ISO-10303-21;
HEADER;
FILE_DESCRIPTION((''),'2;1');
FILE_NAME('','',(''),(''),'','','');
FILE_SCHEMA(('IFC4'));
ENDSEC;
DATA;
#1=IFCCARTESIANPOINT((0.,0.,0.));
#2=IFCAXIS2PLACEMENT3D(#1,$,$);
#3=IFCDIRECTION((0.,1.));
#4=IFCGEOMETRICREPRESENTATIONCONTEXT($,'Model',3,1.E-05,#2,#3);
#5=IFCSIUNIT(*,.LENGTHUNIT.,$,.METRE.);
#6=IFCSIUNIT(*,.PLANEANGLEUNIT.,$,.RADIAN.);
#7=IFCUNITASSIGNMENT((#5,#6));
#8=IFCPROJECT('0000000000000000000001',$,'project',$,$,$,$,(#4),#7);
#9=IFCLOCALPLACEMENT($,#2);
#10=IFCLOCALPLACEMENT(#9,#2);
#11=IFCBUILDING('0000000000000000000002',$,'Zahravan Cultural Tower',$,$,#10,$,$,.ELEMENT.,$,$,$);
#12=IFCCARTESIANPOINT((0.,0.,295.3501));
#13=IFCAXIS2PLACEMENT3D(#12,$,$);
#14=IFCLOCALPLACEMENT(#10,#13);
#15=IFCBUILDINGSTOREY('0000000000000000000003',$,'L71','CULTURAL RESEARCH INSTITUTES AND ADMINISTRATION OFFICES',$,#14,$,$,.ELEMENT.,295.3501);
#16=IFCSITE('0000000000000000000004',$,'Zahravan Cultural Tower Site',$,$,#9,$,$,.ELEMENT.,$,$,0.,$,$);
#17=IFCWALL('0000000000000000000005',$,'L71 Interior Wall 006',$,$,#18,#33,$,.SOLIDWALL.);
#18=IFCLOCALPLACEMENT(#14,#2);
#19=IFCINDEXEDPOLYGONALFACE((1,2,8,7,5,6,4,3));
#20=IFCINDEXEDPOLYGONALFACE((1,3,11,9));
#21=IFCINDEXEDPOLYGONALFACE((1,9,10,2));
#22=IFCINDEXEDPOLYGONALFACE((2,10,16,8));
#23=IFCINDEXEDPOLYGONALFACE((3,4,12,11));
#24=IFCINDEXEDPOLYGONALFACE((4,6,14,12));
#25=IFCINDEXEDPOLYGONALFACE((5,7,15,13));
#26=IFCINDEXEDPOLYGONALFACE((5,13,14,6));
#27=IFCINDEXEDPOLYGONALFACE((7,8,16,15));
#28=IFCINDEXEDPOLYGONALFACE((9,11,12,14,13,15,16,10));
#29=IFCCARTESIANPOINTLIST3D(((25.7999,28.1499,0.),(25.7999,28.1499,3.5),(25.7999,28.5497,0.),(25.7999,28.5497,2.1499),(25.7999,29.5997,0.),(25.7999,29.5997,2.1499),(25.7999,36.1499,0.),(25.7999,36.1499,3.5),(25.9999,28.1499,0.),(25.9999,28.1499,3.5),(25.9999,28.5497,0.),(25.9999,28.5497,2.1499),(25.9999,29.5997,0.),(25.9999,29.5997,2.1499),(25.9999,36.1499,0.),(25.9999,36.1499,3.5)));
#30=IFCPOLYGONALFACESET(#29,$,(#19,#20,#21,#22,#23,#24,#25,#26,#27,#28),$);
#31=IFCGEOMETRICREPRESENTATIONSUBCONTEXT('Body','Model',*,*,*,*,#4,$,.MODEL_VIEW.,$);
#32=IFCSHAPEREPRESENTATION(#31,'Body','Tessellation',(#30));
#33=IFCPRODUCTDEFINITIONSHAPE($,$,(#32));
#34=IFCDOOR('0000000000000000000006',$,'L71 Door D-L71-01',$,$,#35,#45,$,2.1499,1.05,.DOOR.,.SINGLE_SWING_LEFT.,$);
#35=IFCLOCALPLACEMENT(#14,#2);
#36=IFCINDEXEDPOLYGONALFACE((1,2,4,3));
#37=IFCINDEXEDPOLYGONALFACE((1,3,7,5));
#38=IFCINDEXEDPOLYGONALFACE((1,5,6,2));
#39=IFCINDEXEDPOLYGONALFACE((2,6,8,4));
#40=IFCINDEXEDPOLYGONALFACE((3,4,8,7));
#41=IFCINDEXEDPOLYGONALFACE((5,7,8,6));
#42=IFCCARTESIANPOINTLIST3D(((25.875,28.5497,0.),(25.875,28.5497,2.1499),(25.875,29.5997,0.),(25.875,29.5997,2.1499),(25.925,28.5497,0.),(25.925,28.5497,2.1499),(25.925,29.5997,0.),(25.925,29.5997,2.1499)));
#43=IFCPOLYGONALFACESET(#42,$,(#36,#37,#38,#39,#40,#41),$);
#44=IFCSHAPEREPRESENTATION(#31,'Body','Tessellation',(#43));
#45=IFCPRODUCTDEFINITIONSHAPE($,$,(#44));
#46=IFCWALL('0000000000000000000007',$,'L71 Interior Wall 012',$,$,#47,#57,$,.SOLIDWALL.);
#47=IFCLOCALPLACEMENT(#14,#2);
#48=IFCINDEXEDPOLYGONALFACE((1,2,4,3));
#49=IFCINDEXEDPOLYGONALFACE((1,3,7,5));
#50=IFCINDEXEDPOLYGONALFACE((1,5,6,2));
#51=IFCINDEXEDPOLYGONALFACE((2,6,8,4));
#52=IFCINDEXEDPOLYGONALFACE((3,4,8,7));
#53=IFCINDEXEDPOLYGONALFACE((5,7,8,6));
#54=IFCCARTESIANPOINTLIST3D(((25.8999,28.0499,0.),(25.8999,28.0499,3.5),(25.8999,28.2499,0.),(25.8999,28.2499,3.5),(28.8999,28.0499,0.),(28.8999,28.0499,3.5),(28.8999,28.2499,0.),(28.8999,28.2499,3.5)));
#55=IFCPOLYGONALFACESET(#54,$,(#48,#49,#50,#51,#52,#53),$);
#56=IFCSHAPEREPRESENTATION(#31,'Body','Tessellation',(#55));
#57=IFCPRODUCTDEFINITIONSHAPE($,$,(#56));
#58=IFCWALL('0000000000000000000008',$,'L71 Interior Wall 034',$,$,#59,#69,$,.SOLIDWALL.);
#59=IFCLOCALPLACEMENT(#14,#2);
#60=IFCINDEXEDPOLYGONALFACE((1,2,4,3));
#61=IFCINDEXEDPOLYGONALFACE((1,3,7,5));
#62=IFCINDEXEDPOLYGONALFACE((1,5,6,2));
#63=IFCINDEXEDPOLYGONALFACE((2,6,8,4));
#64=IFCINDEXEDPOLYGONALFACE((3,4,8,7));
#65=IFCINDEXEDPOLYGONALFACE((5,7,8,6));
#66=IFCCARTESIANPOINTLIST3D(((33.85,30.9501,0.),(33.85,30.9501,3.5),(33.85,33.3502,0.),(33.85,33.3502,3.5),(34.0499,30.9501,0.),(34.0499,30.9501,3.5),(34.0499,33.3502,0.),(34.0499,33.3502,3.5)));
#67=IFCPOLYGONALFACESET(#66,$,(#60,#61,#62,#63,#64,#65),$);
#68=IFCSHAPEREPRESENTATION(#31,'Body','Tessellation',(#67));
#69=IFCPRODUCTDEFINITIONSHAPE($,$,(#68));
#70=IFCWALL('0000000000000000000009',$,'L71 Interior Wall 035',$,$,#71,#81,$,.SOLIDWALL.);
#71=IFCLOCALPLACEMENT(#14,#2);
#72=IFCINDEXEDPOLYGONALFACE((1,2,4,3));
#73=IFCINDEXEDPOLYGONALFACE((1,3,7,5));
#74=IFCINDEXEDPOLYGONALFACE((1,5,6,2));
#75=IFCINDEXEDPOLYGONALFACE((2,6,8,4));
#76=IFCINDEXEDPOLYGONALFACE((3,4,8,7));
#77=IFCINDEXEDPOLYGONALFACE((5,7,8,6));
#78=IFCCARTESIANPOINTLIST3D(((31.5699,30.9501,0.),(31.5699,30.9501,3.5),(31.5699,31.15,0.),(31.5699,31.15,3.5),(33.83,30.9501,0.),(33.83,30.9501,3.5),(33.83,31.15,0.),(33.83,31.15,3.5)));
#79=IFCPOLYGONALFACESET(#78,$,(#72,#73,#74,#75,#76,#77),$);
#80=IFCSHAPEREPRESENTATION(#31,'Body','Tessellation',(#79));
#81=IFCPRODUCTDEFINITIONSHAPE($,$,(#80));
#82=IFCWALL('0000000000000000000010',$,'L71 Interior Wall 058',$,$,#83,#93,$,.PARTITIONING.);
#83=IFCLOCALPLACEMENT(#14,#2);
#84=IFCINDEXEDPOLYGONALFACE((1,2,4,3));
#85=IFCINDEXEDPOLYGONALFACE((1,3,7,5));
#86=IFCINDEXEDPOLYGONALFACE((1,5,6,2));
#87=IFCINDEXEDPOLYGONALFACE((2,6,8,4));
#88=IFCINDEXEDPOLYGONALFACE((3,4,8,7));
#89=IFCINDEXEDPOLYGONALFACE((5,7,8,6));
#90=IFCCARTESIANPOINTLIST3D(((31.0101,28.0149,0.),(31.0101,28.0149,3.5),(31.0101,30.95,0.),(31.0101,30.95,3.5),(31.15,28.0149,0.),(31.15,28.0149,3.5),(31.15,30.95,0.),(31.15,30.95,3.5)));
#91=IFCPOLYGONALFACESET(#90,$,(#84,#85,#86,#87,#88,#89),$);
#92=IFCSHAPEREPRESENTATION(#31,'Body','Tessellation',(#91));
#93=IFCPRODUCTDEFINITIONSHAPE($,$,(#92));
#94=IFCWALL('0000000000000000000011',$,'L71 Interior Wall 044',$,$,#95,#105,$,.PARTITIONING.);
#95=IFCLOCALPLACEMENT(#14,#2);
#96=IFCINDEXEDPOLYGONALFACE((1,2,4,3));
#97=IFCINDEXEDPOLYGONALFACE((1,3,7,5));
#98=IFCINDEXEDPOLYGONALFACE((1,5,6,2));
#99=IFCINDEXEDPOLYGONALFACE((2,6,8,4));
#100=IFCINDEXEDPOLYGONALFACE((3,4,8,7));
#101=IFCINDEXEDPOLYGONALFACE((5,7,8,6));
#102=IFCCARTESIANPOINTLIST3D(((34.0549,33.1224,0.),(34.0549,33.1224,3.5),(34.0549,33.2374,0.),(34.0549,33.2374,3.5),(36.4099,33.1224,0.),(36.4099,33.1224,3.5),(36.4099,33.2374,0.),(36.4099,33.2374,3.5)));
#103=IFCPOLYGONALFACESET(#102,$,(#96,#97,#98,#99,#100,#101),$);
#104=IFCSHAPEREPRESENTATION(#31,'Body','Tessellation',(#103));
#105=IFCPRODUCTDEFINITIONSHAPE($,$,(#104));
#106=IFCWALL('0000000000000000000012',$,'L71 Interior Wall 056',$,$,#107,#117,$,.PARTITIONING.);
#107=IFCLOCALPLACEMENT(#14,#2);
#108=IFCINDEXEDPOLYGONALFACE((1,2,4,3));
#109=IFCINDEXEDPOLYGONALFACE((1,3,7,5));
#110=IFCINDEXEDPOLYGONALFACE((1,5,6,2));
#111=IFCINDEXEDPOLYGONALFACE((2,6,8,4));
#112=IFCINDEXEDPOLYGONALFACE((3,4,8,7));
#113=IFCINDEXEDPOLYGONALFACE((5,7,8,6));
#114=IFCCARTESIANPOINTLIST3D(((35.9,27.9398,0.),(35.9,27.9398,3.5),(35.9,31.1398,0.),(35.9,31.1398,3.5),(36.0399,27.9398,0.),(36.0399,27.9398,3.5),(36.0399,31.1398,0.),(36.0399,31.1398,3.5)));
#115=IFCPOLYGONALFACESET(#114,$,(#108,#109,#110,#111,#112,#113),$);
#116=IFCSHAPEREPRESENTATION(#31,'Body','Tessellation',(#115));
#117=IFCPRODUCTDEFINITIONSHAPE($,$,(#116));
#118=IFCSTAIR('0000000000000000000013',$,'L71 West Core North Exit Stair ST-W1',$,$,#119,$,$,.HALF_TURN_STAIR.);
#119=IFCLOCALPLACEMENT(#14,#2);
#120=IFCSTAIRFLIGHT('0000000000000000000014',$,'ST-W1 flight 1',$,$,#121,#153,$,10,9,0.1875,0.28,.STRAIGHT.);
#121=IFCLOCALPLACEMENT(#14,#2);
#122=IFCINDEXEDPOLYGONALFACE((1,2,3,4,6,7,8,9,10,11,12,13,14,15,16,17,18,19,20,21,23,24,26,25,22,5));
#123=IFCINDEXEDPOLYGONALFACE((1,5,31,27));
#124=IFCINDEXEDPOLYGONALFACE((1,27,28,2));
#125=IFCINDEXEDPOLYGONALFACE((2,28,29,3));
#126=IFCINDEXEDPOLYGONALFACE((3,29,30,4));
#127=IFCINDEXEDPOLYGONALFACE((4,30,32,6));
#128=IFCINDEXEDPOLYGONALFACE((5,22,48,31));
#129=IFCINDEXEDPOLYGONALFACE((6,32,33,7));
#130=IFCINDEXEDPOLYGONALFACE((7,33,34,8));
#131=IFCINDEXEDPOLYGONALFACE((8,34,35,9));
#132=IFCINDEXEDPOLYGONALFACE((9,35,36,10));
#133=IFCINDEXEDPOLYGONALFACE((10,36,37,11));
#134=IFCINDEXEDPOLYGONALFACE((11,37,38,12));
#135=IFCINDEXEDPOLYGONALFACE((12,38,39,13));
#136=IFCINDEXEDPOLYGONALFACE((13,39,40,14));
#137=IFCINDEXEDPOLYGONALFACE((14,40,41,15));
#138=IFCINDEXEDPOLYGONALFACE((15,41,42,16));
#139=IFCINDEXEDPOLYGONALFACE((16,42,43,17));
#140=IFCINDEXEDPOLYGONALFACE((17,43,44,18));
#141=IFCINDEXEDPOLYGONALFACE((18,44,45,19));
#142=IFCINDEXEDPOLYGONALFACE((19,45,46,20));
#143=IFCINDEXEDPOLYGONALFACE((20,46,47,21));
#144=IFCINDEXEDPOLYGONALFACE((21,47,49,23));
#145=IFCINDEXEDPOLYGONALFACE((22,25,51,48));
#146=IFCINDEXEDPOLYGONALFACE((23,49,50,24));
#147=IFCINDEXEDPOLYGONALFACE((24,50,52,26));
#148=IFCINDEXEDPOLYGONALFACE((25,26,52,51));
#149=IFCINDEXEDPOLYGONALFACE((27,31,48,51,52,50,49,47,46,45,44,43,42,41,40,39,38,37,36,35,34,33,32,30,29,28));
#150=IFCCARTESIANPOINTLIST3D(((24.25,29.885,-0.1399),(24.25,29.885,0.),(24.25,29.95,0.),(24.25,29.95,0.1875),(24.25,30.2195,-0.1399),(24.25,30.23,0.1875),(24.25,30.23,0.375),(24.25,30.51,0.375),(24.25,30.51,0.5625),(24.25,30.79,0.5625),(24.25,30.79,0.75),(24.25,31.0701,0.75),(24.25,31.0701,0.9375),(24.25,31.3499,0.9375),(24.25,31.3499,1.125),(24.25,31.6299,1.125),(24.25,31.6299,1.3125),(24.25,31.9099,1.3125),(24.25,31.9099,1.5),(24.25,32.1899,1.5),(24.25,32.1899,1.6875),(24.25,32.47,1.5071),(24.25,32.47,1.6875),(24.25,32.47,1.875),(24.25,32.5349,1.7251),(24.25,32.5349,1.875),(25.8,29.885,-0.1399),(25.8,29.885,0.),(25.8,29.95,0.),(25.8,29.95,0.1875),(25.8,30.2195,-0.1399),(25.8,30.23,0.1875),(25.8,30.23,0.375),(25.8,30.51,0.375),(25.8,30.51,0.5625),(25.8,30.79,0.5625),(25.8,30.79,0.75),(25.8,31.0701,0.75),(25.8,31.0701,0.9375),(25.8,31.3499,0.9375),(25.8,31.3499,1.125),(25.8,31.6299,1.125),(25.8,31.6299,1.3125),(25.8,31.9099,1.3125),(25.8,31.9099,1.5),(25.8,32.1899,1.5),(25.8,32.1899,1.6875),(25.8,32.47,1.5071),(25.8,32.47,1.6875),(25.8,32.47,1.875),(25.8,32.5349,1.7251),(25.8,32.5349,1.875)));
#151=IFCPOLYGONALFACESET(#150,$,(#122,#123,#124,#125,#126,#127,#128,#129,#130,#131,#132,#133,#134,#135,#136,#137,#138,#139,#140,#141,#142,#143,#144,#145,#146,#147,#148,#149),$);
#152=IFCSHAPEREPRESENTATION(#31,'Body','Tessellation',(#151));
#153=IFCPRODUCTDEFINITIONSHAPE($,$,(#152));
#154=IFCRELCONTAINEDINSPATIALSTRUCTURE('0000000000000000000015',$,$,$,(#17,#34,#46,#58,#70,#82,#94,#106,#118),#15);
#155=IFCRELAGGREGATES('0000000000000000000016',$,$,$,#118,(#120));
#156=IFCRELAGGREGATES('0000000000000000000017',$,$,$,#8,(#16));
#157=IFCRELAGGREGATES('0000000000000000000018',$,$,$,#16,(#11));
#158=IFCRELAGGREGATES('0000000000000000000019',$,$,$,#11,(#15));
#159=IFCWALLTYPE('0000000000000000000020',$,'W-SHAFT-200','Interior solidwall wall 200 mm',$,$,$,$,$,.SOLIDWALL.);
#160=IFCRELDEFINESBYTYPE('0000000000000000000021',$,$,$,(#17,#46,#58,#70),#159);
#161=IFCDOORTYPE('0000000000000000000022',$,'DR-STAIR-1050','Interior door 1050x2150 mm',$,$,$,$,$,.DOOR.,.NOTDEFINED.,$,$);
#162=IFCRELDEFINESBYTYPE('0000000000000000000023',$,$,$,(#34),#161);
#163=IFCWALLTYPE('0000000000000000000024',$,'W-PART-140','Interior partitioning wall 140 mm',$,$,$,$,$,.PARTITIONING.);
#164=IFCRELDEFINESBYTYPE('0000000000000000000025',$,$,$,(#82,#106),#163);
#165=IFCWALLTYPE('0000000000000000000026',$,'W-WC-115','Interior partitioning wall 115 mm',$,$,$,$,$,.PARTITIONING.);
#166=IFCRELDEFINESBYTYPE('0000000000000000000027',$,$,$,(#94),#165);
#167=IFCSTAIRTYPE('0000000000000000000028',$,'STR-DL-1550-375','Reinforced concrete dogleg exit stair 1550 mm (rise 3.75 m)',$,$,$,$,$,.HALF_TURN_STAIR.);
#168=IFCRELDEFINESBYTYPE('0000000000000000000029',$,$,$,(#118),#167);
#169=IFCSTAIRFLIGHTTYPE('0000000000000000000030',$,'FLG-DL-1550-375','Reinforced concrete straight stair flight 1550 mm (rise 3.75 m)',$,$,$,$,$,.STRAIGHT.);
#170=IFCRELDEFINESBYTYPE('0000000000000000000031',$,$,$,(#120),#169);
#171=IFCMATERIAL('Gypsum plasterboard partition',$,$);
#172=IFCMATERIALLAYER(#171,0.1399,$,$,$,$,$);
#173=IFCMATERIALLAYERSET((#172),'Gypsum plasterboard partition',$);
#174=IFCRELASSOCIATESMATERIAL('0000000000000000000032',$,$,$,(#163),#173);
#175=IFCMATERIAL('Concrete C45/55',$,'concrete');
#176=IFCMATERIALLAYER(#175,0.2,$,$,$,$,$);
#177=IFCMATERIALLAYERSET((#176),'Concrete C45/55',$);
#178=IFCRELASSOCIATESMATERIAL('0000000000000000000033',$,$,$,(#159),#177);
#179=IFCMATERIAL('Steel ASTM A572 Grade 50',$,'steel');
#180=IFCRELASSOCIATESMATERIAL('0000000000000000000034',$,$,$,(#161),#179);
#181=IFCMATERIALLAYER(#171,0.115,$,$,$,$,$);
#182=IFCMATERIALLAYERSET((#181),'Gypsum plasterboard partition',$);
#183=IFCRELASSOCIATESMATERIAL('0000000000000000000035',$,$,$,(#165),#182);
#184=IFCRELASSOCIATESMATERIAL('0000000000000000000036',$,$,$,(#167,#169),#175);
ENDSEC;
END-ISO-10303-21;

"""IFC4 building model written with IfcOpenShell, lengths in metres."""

from ifc_helpers import new_model, si_unit, direction, frame, frame_2d, origin, place, context, subcontext, project, spatial, polyline, rectangle, outline, extrude, source, transform, mapped, material, layer, layer_set, type_object, element, fill, aggregate, save


model = new_model("IFC4")

# Units and contexts
model_context = context("Model", 3, precision=1e-05, world=origin(), true_north=direction((0.0, 1.0)))
body_context = subcontext(model_context, "Body", "Model", "MODEL_VIEW")
ifc_project = project(units=[si_unit("LENGTHUNIT", "METRE"), si_unit("PLANEANGLEUNIT", "RADIAN")], contexts=[model_context])

# Site, building, storey
site_placement = place(None, origin())
site = spatial("IfcSite", under=ifc_project, at=site_placement, Name="Zahravan Cultural Tower Site", CompositionType="ELEMENT", RefElevation=0.0)
building_placement = place(site_placement, origin())
building = spatial("IfcBuilding", under=site, at=building_placement, Name="Zahravan Cultural Tower", CompositionType="ELEMENT")
storey_placement = place(building_placement, frame((0.0, 0.0, 295.3501)))
storey = spatial("IfcBuildingStorey", under=building, at=storey_placement, Name="L71", Description="CULTURAL RESEARCH INSTITUTES AND ADMINISTRATION OFFICES", CompositionType="ELEMENT", Elevation=295.3501)

# Wall, opening, door
ifc_material_1 = material(Name="Steel ASTM A572 Grade 50", Category="steel")
ifc_material_2 = material(Name="Gypsum plasterboard partition")
ifc_layer_1 = layer(ifc_material_2, 0.1399)
ifc_layer_set_1 = layer_set([ifc_layer_1], Name="Gypsum plasterboard partition")
wall_type_1 = type_object("IfcWallType", Name="W-PART-140", Description="Interior partitioning wall 140 mm", PredefinedType="PARTITIONING", material=ifc_layer_set_1)
ifc_material_3 = material(Name="Concrete C45/55", Category="concrete")
ifc_layer_2 = layer(ifc_material_3, 0.2)
ifc_layer_set_2 = layer_set([ifc_layer_2], Name="Concrete C45/55")
wall_type_2 = type_object("IfcWallType", Name="W-SHAFT-200", Description="Interior solidwall wall 200 mm", PredefinedType="SOLIDWALL", material=ifc_layer_set_2)
wall_1_placement = place(storey_placement, frame((25.8999, 28.1499, 0.0), z_axis=(0.0, 0.0, 1.0), x_axis=(0.0, 1.0, 0.0)))
wall_1 = element("IfcWall", 1, at=wall_1_placement, inside=storey, type_object=wall_type_2, Name="L71 Interior Wall 006", PredefinedType="SOLIDWALL", context=body_context, shape_type="SweptSolid", body=[
    extrude(rectangle(XDim=8.0, YDim=0.2, at=frame_2d((4.0, 0.0))), origin(), (0.0, 0.0, 1.0), 3.5),
])
opening_1_placement = place(wall_1_placement, frame((0.3999, 0.0, 0.0)))
opening_1 = element("IfcOpeningElement", 2, at=opening_1_placement, cuts=wall_1, PredefinedType="OPENING", context=body_context, shape_type="SweptSolid", body=[
    extrude(rectangle(XDim=1.05, YDim=2.1499, at=frame_2d((0.5249, 1.075))), frame((0.0, 0.1099, 0.0), z_axis=(0.0, -1.0, 0.0), x_axis=(1.0, 0.0, 0.0)), (0.0, 0.0, 1.0), 0.22),
])
door_type_1 = type_object("IfcDoorType", Name="DR-STAIR-1050", Description="Interior door 1050x2150 mm", OperationType="NOTDEFINED", PredefinedType="DOOR", material=ifc_material_1)
shared_shape_1 = source(origin(), body_context, "Body", "SweptSolid", [
    extrude(rectangle(XDim=1.05, YDim=2.1499, at=frame_2d((0.5249, 1.075))), frame((0.0, 0.0249, 0.0), z_axis=(0.0, -1.0, 0.0), x_axis=(1.0, 0.0, 0.0)), (0.0, 0.0, 1.0), 0.05),
])
door_1_placement = place(opening_1_placement, origin())
door_1 = element("IfcDoor", 3, at=door_1_placement, inside=storey, type_object=door_type_1, Name="L71 Door D-L71-01", OperationType="SINGLE_SWING_LEFT", OverallHeight=2.1499, OverallWidth=1.05, PredefinedType="DOOR", context=body_context, shape_type="MappedRepresentation", body=[
    mapped(shared_shape_1, transform((0.0, 0.0, 0.0), x_axis=(1.0, 0.0, 0.0), y_axis=(0.0, 1.0, 0.0), z_axis=(0.0, 0.0, 1.0), scale=1.0)),
])
fill(opening_1, door_1)

# Walls
shared_shape_2 = source(origin(), body_context, "Body", "SweptSolid", [
    extrude(rectangle(XDim=3.0, YDim=0.2, at=frame_2d((1.5, 0.0))), origin(), (0.0, 0.0, 1.0), 3.5),
])
wall_2_placement = place(storey_placement, frame((25.8999, 28.1499, 0.0), z_axis=(0.0, 0.0, 1.0), x_axis=(1.0, 0.0, 0.0)))
element("IfcWall", 4, at=wall_2_placement, inside=storey, type_object=wall_type_2, Name="L71 Interior Wall 012", PredefinedType="SOLIDWALL", context=body_context, shape_type="MappedRepresentation", body=[
    mapped(shared_shape_2, transform((0.0, 0.0, 0.0), x_axis=(1.0, 0.0, 0.0), y_axis=(0.0, 1.0, 0.0), z_axis=(0.0, 0.0, 1.0), scale=1.0)),
])
shared_shape_3 = source(origin(), body_context, "Body", "SweptSolid", [
    extrude(rectangle(XDim=2.4001, YDim=0.2, at=frame_2d((1.2002, 0.0))), origin(), (0.0, 0.0, 1.0), 3.5),
])
wall_3_placement = place(storey_placement, frame((33.95, 30.95, 0.0), z_axis=(0.0, 0.0, 1.0), x_axis=(0.0, 1.0, 0.0)))
element("IfcWall", 5, at=wall_3_placement, inside=storey, type_object=wall_type_2, Name="L71 Interior Wall 034", PredefinedType="SOLIDWALL", context=body_context, shape_type="MappedRepresentation", body=[
    mapped(shared_shape_3, transform((0.0, 0.0, 0.0), x_axis=(1.0, 0.0, 0.0), y_axis=(0.0, 1.0, 0.0), z_axis=(0.0, 0.0, 1.0), scale=1.0)),
])
shared_shape_4 = source(origin(), body_context, "Body", "SweptSolid", [
    extrude(rectangle(XDim=2.26, YDim=0.2, at=frame_2d((1.1299, 0.0))), origin(), (0.0, 0.0, 1.0), 3.5),
])
wall_4_placement = place(storey_placement, frame((31.5701, 31.05, 0.0), z_axis=(0.0, 0.0, 1.0), x_axis=(1.0, 0.0, 0.0)))
element("IfcWall", 6, at=wall_4_placement, inside=storey, type_object=wall_type_2, Name="L71 Interior Wall 035", PredefinedType="SOLIDWALL", context=body_context, shape_type="MappedRepresentation", body=[
    mapped(shared_shape_4, transform((0.0, 0.0, 0.0), x_axis=(1.0, 0.0, 0.0), y_axis=(0.0, 1.0, 0.0), z_axis=(0.0, 0.0, 1.0), scale=1.0)),
])
shared_shape_5 = source(origin(), body_context, "Body", "SweptSolid", [
    extrude(rectangle(XDim=2.9351, YDim=0.1399, at=frame_2d((1.4675, 0.0))), origin(), (0.0, 0.0, 1.0), 3.5),
])
wall_5_placement = place(storey_placement, frame((31.0801, 28.0149, 0.0), z_axis=(0.0, 0.0, 1.0), x_axis=(0.0, 1.0, 0.0)))
element("IfcWall", 7, at=wall_5_placement, inside=storey, type_object=wall_type_1, Name="L71 Interior Wall 058", PredefinedType="PARTITIONING", context=body_context, shape_type="MappedRepresentation", body=[
    mapped(shared_shape_5, transform((0.0, 0.0, 0.0), x_axis=(1.0, 0.0, 0.0), y_axis=(0.0, 1.0, 0.0), z_axis=(0.0, 0.0, 1.0), scale=1.0)),
])
ifc_layer_3 = layer(ifc_material_2, 0.115)
ifc_layer_set_3 = layer_set([ifc_layer_3], Name="Gypsum plasterboard partition")
wall_type_3 = type_object("IfcWallType", Name="W-WC-115", Description="Interior partitioning wall 115 mm", PredefinedType="PARTITIONING", material=ifc_layer_set_3)
shared_shape_6 = source(origin(), body_context, "Body", "SweptSolid", [
    extrude(rectangle(XDim=2.355, YDim=0.115, at=frame_2d((1.1775, 0.0))), origin(), (0.0, 0.0, 1.0), 3.5),
])
wall_6_placement = place(storey_placement, frame((34.0549, 33.1799, 0.0), z_axis=(0.0, 0.0, 1.0), x_axis=(1.0, 0.0, 0.0)))
element("IfcWall", 8, at=wall_6_placement, inside=storey, type_object=wall_type_3, Name="L71 Interior Wall 044", PredefinedType="PARTITIONING", context=body_context, shape_type="MappedRepresentation", body=[
    mapped(shared_shape_6, transform((0.0, 0.0, 0.0), x_axis=(1.0, 0.0, 0.0), y_axis=(0.0, 1.0, 0.0), z_axis=(0.0, 0.0, 1.0), scale=1.0)),
])
shared_shape_7 = source(origin(), body_context, "Body", "SweptSolid", [
    extrude(rectangle(XDim=3.2, YDim=0.1399, at=frame_2d((1.6001, 0.0))), origin(), (0.0, 0.0, 1.0), 3.5),
])
wall_7_placement = place(storey_placement, frame((35.97, 31.1399, 0.0), z_axis=(0.0, 0.0, 1.0), x_axis=(0.0, -1.0, 0.0)))
element("IfcWall", 9, at=wall_7_placement, inside=storey, type_object=wall_type_1, Name="L71 Interior Wall 056", PredefinedType="PARTITIONING", context=body_context, shape_type="MappedRepresentation", body=[
    mapped(shared_shape_7, transform((0.0, 0.0, 0.0), x_axis=(1.0, 0.0, 0.0), y_axis=(0.0, 1.0, 0.0), z_axis=(0.0, 0.0, 1.0), scale=1.0)),
])

# Stair, stair flight
stair_type = type_object("IfcStairType", Name="STR-DL-1550-375", Description="Reinforced concrete dogleg exit stair 1550 mm (rise 3.75 m)", PredefinedType="HALF_TURN_STAIR", material=ifc_material_3)
stair_placement = place(storey_placement, origin())
stair = element("IfcStair", 10, at=stair_placement, inside=storey, type_object=stair_type, Name="L71 West Core North Exit Stair ST-W1", PredefinedType="HALF_TURN_STAIR")
stair_flight_type = type_object("IfcStairFlightType", Name="FLG-DL-1550-375", Description="Reinforced concrete straight stair flight 1550 mm (rise 3.75 m)", PredefinedType="STRAIGHT", material=ifc_material_3)
stair_flight_placement = place(storey_placement, frame((25.0249, 29.95, 0.0), z_axis=(0.0, 0.0, 1.0), x_axis=(0.0, 1.0, 0.0)))
stair_flight = element("IfcStairFlight", 11, at=stair_flight_placement, type_object=stair_flight_type, Name="ST-W1 flight 1", NumberOfRisers=10, NumberOfTreads=9, PredefinedType="STRAIGHT", RiserHeight=0.1875, TreadLength=0.28, context=body_context, shape_type="SweptSolid", body=[
    extrude(outline(polyline([(-0.0649, -0.1399), (-0.0649, 0.0), (0.0, 0.0), (0.0, 0.1875), (0.28, 0.1875), (0.28, 0.375), (0.5601, 0.375), (0.5601, 0.5625), (0.8401, 0.5625), (0.8401, 0.75), (1.1201, 0.75), (1.1201, 0.9375), (1.3999, 0.9375), (1.3999, 1.125), (1.6799, 1.125), (1.6799, 1.3125), (1.96, 1.3125), (1.96, 1.5), (2.24, 1.5), (2.24, 1.6875), (2.52, 1.6875), (2.52, 1.875), (2.585, 1.875), (2.585, 1.7251), (2.52, 1.5071), (0.2695, -0.1399), (-0.0649, -0.1399)])), frame((0.0, 0.7749, 0.0), z_axis=(0.0, -1.0, 0.0), x_axis=(1.0, 0.0, 0.0)), (0.0, 0.0, 1.0), 1.55),
])
aggregate(stair, [stair_flight])

save(model, "model.ifc")
